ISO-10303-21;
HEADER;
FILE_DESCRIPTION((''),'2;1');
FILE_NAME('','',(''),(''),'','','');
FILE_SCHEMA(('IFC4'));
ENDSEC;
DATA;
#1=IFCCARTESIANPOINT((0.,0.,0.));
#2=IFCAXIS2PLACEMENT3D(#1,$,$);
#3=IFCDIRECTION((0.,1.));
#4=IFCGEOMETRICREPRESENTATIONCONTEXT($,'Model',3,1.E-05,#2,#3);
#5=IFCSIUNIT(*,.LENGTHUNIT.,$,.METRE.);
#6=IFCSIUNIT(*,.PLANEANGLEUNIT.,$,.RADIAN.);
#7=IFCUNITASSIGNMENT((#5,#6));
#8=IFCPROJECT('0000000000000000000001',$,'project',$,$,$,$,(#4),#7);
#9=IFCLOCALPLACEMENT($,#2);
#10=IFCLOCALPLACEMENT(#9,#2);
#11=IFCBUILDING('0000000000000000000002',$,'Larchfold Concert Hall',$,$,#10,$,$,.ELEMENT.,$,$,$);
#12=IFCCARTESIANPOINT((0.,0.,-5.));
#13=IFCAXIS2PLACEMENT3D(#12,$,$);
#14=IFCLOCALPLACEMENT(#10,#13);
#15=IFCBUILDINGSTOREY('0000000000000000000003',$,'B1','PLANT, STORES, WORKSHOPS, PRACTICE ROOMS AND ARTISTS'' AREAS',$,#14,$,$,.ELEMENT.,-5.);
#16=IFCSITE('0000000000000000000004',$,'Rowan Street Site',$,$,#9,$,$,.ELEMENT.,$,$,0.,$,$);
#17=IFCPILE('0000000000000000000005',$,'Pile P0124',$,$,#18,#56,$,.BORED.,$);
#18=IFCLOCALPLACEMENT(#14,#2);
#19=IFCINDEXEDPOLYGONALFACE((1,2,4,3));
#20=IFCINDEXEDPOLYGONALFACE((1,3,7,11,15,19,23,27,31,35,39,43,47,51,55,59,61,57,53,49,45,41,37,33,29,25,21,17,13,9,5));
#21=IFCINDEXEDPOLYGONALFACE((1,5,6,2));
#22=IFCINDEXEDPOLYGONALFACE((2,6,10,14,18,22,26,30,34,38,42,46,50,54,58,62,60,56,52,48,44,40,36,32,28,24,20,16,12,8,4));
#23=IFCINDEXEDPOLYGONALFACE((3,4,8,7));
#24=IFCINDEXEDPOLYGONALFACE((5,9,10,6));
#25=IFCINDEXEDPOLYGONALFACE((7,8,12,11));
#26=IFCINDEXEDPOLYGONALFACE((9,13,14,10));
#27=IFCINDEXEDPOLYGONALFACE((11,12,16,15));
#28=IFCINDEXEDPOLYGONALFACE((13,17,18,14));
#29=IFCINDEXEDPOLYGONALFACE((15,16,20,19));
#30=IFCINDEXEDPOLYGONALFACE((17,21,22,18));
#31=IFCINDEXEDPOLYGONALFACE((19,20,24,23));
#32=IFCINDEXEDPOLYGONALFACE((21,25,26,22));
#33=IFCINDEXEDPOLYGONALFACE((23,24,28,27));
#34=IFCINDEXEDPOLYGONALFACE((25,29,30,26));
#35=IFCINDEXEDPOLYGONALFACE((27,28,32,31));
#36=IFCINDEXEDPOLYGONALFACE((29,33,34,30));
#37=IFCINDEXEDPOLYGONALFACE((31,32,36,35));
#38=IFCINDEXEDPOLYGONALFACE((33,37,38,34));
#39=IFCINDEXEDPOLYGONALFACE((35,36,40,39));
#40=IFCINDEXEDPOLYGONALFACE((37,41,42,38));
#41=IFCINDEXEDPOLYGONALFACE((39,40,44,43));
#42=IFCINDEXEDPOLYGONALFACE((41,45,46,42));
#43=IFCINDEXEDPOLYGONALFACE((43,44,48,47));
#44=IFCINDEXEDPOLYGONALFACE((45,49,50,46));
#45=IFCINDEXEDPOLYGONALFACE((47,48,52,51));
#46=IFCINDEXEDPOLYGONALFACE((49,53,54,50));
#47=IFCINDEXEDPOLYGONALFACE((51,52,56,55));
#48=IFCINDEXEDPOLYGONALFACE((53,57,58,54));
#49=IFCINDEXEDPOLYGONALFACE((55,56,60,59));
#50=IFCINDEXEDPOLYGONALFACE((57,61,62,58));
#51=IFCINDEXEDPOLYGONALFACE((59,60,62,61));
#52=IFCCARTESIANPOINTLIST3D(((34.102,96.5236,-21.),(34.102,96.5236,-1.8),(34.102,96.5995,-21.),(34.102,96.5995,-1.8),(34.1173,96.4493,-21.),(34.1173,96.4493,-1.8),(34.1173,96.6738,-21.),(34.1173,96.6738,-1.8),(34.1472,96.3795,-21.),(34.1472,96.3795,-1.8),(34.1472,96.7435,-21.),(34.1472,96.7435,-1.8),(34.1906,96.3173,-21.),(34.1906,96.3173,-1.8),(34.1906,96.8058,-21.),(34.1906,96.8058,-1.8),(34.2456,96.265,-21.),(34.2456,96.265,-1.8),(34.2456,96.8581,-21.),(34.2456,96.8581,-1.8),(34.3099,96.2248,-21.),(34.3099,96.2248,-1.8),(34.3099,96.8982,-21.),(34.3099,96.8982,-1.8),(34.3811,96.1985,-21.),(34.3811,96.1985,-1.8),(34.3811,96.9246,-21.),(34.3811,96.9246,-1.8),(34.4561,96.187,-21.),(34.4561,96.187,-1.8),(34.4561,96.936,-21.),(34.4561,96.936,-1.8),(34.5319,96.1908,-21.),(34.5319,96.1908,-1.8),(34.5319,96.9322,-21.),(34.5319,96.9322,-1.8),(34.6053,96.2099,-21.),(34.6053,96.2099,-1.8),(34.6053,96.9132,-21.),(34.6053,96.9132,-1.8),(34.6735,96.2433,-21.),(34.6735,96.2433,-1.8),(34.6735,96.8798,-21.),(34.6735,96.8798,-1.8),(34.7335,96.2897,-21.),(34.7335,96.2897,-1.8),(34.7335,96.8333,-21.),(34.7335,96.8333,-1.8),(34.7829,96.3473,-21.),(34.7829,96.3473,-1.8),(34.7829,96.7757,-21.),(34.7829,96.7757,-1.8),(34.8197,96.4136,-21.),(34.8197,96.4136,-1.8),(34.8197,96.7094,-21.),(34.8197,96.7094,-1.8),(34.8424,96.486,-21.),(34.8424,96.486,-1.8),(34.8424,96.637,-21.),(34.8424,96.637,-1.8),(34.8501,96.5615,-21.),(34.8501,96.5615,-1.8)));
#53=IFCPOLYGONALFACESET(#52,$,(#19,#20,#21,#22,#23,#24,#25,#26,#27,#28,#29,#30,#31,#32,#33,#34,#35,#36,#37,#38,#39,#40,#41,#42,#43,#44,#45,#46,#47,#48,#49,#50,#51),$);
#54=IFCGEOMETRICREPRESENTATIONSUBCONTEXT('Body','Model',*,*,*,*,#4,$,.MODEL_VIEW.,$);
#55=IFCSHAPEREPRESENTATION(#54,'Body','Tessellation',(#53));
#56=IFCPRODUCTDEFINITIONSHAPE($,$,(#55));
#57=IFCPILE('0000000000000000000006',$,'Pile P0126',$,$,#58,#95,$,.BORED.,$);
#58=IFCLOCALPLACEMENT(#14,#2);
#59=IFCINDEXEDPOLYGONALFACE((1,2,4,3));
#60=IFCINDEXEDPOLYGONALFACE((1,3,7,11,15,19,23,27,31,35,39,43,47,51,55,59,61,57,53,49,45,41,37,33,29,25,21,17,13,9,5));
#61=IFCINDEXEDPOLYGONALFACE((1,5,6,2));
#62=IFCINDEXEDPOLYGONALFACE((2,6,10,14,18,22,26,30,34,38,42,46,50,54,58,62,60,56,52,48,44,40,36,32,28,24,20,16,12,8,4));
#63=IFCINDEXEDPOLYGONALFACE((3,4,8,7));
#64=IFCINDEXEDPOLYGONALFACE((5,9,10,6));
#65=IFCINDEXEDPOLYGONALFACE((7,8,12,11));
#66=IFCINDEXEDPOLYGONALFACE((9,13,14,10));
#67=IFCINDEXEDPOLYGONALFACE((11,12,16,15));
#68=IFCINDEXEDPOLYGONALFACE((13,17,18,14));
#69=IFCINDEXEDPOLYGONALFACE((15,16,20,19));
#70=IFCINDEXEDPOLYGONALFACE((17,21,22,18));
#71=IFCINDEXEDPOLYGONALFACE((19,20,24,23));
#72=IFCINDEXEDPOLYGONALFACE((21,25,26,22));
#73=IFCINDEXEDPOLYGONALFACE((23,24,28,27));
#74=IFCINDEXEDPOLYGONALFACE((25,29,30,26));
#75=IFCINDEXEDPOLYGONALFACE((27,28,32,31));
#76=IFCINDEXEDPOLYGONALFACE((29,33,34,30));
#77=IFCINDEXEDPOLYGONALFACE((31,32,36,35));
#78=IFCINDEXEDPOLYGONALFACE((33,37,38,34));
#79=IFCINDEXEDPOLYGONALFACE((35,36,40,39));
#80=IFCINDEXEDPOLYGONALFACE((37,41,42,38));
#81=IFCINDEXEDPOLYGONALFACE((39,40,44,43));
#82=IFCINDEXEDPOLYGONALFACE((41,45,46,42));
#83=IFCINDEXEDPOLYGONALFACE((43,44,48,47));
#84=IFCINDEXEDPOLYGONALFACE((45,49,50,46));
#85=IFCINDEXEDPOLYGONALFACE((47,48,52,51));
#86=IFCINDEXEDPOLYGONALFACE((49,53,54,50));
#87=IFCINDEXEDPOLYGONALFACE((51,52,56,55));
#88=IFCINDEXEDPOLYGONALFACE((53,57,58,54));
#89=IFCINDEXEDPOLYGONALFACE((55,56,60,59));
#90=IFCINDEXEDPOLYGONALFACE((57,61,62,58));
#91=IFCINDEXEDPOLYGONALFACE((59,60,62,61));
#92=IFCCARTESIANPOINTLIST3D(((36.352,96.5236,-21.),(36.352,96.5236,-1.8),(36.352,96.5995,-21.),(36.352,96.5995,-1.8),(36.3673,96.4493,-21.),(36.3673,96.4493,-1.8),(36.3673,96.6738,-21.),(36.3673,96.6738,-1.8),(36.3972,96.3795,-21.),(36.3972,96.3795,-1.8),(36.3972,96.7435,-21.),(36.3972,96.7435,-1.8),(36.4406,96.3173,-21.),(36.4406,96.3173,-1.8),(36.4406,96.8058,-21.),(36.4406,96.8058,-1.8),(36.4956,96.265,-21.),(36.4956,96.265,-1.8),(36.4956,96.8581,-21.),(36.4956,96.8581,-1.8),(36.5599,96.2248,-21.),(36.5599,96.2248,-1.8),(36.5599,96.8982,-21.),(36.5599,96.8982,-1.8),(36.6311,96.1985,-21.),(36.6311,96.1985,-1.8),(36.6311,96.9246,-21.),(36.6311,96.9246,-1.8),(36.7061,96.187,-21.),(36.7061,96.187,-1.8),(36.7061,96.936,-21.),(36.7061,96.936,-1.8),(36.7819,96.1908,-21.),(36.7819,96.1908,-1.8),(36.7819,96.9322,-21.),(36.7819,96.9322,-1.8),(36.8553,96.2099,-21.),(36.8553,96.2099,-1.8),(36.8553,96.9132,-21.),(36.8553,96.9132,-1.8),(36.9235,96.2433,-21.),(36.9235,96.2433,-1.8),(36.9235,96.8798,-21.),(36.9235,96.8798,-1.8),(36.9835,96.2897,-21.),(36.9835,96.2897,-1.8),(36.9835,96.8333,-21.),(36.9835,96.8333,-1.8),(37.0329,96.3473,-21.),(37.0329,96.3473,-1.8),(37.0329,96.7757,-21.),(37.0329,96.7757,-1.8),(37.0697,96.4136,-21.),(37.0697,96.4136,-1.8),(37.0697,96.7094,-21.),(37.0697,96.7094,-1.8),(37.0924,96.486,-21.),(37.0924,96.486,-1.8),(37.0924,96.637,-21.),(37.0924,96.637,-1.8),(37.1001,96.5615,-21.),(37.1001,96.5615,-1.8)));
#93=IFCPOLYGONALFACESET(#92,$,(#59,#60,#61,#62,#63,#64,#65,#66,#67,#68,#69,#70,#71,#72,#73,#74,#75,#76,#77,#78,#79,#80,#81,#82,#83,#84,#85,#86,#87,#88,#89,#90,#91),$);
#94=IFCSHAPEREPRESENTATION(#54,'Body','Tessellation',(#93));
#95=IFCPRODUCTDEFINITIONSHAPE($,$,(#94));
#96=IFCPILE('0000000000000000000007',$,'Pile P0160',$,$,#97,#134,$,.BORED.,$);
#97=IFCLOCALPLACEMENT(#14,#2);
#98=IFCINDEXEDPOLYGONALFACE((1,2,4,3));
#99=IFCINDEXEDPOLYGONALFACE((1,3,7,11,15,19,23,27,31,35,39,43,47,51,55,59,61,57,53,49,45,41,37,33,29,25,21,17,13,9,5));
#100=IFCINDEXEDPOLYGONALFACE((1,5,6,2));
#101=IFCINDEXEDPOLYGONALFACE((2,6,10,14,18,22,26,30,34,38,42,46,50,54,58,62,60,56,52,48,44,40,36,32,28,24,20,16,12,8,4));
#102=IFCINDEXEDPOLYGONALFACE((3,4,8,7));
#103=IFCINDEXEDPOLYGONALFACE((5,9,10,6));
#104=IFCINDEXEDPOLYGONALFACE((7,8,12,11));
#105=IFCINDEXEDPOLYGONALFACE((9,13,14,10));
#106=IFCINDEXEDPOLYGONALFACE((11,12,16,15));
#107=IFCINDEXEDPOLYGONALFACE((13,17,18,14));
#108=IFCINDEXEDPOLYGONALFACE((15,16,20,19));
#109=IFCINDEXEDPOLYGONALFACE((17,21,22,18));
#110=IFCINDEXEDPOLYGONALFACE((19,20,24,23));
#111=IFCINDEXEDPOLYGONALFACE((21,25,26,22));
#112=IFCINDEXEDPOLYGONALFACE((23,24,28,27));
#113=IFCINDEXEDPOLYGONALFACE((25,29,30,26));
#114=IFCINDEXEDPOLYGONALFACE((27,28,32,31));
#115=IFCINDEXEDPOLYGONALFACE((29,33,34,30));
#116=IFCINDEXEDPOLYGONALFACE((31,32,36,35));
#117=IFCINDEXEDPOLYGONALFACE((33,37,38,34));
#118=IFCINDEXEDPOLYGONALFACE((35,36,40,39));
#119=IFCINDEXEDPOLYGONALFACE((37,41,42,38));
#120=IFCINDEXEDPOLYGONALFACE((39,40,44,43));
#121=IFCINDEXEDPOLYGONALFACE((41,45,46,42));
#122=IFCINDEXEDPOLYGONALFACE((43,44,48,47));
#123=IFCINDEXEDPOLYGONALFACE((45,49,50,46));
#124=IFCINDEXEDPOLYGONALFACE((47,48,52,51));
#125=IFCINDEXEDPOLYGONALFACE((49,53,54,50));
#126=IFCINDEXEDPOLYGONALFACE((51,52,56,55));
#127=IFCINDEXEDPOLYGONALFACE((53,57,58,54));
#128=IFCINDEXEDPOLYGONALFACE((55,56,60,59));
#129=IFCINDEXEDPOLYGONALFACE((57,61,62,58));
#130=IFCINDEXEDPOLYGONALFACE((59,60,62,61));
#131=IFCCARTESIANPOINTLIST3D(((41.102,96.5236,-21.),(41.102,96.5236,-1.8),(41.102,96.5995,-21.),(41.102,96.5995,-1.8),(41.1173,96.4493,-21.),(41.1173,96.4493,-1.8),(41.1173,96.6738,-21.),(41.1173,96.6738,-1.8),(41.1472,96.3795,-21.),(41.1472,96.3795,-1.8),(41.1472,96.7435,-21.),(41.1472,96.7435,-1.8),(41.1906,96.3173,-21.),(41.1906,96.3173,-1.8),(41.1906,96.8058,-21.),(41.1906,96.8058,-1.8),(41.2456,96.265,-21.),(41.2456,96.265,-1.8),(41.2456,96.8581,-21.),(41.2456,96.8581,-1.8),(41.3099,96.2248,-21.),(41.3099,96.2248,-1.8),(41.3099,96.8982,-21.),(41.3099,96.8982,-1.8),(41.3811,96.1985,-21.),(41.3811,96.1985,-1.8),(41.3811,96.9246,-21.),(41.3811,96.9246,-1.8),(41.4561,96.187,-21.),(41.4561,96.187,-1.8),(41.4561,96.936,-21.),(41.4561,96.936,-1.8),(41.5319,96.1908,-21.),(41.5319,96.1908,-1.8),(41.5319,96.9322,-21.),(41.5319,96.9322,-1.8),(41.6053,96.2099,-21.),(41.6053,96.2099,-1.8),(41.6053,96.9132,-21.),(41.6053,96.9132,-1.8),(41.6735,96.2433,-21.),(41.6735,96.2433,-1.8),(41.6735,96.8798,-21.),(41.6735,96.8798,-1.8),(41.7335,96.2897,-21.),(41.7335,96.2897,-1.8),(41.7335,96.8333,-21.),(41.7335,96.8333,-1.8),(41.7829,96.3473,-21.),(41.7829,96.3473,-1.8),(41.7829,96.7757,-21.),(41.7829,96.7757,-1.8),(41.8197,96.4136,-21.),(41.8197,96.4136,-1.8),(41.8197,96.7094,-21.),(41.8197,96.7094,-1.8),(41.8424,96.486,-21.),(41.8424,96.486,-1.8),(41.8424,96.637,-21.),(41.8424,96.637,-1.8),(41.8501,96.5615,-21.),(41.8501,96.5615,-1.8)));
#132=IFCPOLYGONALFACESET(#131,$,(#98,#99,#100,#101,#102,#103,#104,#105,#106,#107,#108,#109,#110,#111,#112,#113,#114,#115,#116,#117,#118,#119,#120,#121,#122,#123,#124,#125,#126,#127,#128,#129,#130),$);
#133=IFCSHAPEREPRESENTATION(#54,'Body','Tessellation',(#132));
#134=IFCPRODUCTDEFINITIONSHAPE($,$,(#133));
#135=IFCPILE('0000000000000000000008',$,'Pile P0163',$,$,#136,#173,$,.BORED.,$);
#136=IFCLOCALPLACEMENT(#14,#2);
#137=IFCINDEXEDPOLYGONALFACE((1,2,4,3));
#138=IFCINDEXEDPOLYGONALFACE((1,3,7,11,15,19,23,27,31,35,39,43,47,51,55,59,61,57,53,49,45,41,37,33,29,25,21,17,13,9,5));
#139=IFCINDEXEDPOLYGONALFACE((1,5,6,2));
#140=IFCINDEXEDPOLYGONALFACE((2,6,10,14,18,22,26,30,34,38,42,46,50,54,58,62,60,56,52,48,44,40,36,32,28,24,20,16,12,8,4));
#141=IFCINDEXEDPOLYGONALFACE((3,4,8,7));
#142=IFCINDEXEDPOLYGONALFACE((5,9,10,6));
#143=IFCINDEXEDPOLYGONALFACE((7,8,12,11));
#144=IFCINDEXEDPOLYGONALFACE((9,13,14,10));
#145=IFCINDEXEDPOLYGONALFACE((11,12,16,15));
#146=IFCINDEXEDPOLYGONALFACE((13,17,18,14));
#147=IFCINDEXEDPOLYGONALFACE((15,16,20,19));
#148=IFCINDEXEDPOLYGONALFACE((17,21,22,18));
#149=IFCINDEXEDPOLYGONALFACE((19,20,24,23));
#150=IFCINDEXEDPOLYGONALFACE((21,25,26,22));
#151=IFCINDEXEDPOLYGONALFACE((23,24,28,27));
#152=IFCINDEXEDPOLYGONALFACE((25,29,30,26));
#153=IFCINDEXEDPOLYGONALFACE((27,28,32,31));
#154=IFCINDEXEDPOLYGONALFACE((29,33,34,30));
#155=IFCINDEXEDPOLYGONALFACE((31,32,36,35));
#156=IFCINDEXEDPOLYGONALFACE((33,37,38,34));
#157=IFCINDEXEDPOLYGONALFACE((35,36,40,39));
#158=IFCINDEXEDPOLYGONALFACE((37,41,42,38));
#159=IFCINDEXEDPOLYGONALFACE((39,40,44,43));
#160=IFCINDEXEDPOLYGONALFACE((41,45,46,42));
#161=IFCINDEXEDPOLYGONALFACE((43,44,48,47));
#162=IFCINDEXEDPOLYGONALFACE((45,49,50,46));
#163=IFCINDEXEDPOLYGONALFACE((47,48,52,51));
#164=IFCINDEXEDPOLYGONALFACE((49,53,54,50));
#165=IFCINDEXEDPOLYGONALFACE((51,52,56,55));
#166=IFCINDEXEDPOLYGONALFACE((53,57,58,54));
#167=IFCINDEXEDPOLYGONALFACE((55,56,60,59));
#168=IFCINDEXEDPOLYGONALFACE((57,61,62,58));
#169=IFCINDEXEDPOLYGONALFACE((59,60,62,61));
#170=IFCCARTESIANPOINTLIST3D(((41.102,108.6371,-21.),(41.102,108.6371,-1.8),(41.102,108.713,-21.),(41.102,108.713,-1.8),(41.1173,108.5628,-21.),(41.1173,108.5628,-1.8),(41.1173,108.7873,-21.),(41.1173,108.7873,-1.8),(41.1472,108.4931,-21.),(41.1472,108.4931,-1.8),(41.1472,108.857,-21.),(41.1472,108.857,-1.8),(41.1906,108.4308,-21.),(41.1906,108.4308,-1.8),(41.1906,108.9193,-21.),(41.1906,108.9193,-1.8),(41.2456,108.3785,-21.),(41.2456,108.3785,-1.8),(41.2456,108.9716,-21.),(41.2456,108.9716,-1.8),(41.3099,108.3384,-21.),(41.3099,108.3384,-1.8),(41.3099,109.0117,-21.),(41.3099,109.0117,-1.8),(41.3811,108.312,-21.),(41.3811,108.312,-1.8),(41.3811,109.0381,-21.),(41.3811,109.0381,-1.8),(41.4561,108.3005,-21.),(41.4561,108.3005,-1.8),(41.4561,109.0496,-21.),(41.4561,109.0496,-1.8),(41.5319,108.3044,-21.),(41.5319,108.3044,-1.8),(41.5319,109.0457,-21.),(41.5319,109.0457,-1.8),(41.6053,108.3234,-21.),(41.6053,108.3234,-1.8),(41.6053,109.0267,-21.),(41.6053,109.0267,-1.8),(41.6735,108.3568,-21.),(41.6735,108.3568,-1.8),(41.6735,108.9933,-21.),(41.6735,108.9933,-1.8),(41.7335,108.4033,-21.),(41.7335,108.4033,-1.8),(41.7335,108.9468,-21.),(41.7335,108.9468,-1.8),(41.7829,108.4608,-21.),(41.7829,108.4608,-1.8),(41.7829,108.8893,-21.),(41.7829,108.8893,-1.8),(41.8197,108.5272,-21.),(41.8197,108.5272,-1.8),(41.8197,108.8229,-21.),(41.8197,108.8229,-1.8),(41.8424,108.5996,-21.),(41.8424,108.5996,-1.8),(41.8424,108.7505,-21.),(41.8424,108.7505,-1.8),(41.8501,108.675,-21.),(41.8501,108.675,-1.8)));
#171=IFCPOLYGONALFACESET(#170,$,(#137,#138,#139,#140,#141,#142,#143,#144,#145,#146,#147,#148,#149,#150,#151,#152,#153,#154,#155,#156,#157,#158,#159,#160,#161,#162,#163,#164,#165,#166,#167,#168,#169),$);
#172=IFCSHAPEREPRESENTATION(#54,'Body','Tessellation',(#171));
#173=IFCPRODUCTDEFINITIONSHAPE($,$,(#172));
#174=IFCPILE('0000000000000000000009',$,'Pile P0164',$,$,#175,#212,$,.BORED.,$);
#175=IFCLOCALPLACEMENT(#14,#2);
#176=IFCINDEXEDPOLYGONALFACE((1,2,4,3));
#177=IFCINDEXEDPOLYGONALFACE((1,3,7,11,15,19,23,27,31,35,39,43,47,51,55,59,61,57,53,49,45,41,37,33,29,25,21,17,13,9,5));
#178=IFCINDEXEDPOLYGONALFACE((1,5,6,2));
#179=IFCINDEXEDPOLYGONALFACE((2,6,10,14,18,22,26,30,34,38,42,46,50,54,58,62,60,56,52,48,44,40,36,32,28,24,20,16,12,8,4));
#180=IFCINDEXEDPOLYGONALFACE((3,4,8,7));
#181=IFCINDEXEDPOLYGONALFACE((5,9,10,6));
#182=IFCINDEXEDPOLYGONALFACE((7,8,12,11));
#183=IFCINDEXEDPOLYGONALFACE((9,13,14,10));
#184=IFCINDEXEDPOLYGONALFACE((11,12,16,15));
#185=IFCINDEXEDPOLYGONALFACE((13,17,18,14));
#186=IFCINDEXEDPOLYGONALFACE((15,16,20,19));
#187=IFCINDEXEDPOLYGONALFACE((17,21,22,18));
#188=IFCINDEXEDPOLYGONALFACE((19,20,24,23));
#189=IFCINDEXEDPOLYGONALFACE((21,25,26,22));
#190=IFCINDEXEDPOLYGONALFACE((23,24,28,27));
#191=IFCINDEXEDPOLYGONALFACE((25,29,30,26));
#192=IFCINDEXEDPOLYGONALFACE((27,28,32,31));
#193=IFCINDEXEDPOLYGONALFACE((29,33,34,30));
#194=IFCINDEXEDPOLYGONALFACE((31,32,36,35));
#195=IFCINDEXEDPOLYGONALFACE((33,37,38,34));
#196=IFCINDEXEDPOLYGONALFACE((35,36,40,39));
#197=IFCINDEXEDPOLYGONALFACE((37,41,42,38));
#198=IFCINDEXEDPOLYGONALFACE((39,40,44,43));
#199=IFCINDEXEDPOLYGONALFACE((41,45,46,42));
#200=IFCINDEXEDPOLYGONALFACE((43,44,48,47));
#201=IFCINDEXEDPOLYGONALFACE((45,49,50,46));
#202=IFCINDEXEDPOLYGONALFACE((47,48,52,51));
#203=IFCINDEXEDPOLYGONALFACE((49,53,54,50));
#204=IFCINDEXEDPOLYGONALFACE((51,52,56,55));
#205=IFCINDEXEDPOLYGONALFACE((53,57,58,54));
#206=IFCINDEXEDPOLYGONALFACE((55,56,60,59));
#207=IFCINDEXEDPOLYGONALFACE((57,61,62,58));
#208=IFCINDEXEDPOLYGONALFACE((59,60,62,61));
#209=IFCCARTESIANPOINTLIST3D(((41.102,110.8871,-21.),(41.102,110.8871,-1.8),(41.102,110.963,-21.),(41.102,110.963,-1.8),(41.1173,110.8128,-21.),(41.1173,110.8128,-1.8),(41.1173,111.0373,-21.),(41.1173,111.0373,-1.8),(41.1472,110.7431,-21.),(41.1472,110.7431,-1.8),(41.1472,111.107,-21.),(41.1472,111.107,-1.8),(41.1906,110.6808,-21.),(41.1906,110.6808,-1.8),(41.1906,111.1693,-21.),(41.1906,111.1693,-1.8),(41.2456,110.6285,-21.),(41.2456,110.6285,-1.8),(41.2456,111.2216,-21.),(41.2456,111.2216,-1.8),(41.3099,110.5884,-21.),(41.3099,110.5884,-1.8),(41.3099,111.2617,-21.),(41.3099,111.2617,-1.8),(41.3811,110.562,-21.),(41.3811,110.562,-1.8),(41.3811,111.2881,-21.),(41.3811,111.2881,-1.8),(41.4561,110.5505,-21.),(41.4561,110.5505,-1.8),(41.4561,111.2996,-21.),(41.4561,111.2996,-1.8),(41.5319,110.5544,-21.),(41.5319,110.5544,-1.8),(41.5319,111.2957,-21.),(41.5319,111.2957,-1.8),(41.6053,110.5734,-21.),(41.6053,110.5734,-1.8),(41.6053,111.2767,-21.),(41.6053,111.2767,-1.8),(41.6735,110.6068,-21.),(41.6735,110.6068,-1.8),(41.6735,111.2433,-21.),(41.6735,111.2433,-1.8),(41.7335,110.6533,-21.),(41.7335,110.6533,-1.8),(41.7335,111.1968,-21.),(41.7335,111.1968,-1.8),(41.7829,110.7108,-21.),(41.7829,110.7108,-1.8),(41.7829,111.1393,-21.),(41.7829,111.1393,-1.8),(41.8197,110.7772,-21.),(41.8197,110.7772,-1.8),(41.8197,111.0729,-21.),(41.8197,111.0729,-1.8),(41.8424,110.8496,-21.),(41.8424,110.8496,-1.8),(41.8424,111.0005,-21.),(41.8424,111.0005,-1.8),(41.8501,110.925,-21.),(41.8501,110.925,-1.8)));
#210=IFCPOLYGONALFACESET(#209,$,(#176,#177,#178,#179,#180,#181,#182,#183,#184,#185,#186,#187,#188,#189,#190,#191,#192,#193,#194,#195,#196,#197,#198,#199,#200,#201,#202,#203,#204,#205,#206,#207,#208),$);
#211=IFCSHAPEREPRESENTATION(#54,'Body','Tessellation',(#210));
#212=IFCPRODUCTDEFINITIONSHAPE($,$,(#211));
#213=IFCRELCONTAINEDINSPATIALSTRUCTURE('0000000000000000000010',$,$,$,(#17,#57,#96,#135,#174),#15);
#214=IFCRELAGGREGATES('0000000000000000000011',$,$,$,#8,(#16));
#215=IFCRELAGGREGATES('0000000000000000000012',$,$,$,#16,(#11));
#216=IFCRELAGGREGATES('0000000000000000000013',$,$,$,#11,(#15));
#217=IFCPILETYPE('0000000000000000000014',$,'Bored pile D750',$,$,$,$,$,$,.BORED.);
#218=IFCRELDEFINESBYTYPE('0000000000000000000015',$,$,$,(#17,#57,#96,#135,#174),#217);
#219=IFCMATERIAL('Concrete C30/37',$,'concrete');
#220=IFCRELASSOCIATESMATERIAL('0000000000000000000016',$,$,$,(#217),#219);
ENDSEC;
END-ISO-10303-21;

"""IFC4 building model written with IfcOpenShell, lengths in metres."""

from ifc_helpers import new_model, si_unit, direction, frame, origin, origin_2d, place, context, subcontext, project, spatial, circle, extrude, material, material_profile, profile_set, type_object, element, save


model = new_model("IFC4")

# Units and contexts
model_context = context("Model", 3, precision=1e-05, world=origin(), true_north=direction((0.0, 1.0)))
body_context = subcontext(model_context, "Body", "Model", "MODEL_VIEW")
ifc_project = project(units=[si_unit("LENGTHUNIT", "METRE"), si_unit("PLANEANGLEUNIT", "RADIAN")], contexts=[model_context])

# Site, building, storey
site_placement = place(None, origin())
site = spatial("IfcSite", under=ifc_project, at=site_placement, Name="Rowan Street Site", CompositionType="ELEMENT", RefElevation=0.0)
building_placement = place(site_placement, origin())
building = spatial("IfcBuilding", under=site, at=building_placement, Name="Larchfold Concert Hall", CompositionType="ELEMENT")
storey_placement = place(building_placement, frame((0.0, 0.0, -5.0)))
storey = spatial("IfcBuildingStorey", under=building, at=storey_placement, Name="B1", Description="PLANT, STORES, WORKSHOPS, PRACTICE ROOMS AND ARTISTS' AREAS", CompositionType="ELEMENT", Elevation=-5.0)

# Piles
ifc_material_1 = material(Name="Concrete C30/37", Category="concrete")
ifc_material_profile_1 = material_profile(ifc_material_1, circle(Radius=0.375, at=origin_2d()))
ifc_profile_set_1 = profile_set([ifc_material_profile_1], Name="Concrete C30/37")
pile_type_1 = type_object("IfcPileType", Name="Bored pile D750", PredefinedType="BORED", material=ifc_profile_set_1)
for number, where, z_axis, x_axis, name in (
    (1, (34.4751, 96.5615, -1.8), (0.0, 0.0, -1.0), (1.0, 0.0, 0.0), "Pile P0124"),
    (2, (36.7251, 96.5615, -1.8), (0.0, 0.0, -1.0), (1.0, 0.0, 0.0), "Pile P0126"),
    (3, (41.4751, 96.5615, -1.8), (0.0, 0.0, -1.0), (1.0, 0.0, 0.0), "Pile P0160"),
    (4, (41.4751, 108.675, -1.8), (0.0, 0.0, -1.0), (1.0, 0.0, 0.0), "Pile P0163"),
    (5, (41.4751, 110.925, -1.8), (0.0, 0.0, -1.0), (1.0, 0.0, 0.0), "Pile P0164"),
):
    element("IfcPile", number, at=place(storey_placement, frame(where, z_axis=z_axis, x_axis=x_axis)), inside=storey, type_object=pile_type_1, Name=name, PredefinedType="BORED", context=body_context, shape_type="SweptSolid", body=[
        extrude(circle(Radius=0.375, at=origin_2d()), origin(), (0.0, 0.0, 1.0), 19.2),
    ])

save(model, "model.ifc")
